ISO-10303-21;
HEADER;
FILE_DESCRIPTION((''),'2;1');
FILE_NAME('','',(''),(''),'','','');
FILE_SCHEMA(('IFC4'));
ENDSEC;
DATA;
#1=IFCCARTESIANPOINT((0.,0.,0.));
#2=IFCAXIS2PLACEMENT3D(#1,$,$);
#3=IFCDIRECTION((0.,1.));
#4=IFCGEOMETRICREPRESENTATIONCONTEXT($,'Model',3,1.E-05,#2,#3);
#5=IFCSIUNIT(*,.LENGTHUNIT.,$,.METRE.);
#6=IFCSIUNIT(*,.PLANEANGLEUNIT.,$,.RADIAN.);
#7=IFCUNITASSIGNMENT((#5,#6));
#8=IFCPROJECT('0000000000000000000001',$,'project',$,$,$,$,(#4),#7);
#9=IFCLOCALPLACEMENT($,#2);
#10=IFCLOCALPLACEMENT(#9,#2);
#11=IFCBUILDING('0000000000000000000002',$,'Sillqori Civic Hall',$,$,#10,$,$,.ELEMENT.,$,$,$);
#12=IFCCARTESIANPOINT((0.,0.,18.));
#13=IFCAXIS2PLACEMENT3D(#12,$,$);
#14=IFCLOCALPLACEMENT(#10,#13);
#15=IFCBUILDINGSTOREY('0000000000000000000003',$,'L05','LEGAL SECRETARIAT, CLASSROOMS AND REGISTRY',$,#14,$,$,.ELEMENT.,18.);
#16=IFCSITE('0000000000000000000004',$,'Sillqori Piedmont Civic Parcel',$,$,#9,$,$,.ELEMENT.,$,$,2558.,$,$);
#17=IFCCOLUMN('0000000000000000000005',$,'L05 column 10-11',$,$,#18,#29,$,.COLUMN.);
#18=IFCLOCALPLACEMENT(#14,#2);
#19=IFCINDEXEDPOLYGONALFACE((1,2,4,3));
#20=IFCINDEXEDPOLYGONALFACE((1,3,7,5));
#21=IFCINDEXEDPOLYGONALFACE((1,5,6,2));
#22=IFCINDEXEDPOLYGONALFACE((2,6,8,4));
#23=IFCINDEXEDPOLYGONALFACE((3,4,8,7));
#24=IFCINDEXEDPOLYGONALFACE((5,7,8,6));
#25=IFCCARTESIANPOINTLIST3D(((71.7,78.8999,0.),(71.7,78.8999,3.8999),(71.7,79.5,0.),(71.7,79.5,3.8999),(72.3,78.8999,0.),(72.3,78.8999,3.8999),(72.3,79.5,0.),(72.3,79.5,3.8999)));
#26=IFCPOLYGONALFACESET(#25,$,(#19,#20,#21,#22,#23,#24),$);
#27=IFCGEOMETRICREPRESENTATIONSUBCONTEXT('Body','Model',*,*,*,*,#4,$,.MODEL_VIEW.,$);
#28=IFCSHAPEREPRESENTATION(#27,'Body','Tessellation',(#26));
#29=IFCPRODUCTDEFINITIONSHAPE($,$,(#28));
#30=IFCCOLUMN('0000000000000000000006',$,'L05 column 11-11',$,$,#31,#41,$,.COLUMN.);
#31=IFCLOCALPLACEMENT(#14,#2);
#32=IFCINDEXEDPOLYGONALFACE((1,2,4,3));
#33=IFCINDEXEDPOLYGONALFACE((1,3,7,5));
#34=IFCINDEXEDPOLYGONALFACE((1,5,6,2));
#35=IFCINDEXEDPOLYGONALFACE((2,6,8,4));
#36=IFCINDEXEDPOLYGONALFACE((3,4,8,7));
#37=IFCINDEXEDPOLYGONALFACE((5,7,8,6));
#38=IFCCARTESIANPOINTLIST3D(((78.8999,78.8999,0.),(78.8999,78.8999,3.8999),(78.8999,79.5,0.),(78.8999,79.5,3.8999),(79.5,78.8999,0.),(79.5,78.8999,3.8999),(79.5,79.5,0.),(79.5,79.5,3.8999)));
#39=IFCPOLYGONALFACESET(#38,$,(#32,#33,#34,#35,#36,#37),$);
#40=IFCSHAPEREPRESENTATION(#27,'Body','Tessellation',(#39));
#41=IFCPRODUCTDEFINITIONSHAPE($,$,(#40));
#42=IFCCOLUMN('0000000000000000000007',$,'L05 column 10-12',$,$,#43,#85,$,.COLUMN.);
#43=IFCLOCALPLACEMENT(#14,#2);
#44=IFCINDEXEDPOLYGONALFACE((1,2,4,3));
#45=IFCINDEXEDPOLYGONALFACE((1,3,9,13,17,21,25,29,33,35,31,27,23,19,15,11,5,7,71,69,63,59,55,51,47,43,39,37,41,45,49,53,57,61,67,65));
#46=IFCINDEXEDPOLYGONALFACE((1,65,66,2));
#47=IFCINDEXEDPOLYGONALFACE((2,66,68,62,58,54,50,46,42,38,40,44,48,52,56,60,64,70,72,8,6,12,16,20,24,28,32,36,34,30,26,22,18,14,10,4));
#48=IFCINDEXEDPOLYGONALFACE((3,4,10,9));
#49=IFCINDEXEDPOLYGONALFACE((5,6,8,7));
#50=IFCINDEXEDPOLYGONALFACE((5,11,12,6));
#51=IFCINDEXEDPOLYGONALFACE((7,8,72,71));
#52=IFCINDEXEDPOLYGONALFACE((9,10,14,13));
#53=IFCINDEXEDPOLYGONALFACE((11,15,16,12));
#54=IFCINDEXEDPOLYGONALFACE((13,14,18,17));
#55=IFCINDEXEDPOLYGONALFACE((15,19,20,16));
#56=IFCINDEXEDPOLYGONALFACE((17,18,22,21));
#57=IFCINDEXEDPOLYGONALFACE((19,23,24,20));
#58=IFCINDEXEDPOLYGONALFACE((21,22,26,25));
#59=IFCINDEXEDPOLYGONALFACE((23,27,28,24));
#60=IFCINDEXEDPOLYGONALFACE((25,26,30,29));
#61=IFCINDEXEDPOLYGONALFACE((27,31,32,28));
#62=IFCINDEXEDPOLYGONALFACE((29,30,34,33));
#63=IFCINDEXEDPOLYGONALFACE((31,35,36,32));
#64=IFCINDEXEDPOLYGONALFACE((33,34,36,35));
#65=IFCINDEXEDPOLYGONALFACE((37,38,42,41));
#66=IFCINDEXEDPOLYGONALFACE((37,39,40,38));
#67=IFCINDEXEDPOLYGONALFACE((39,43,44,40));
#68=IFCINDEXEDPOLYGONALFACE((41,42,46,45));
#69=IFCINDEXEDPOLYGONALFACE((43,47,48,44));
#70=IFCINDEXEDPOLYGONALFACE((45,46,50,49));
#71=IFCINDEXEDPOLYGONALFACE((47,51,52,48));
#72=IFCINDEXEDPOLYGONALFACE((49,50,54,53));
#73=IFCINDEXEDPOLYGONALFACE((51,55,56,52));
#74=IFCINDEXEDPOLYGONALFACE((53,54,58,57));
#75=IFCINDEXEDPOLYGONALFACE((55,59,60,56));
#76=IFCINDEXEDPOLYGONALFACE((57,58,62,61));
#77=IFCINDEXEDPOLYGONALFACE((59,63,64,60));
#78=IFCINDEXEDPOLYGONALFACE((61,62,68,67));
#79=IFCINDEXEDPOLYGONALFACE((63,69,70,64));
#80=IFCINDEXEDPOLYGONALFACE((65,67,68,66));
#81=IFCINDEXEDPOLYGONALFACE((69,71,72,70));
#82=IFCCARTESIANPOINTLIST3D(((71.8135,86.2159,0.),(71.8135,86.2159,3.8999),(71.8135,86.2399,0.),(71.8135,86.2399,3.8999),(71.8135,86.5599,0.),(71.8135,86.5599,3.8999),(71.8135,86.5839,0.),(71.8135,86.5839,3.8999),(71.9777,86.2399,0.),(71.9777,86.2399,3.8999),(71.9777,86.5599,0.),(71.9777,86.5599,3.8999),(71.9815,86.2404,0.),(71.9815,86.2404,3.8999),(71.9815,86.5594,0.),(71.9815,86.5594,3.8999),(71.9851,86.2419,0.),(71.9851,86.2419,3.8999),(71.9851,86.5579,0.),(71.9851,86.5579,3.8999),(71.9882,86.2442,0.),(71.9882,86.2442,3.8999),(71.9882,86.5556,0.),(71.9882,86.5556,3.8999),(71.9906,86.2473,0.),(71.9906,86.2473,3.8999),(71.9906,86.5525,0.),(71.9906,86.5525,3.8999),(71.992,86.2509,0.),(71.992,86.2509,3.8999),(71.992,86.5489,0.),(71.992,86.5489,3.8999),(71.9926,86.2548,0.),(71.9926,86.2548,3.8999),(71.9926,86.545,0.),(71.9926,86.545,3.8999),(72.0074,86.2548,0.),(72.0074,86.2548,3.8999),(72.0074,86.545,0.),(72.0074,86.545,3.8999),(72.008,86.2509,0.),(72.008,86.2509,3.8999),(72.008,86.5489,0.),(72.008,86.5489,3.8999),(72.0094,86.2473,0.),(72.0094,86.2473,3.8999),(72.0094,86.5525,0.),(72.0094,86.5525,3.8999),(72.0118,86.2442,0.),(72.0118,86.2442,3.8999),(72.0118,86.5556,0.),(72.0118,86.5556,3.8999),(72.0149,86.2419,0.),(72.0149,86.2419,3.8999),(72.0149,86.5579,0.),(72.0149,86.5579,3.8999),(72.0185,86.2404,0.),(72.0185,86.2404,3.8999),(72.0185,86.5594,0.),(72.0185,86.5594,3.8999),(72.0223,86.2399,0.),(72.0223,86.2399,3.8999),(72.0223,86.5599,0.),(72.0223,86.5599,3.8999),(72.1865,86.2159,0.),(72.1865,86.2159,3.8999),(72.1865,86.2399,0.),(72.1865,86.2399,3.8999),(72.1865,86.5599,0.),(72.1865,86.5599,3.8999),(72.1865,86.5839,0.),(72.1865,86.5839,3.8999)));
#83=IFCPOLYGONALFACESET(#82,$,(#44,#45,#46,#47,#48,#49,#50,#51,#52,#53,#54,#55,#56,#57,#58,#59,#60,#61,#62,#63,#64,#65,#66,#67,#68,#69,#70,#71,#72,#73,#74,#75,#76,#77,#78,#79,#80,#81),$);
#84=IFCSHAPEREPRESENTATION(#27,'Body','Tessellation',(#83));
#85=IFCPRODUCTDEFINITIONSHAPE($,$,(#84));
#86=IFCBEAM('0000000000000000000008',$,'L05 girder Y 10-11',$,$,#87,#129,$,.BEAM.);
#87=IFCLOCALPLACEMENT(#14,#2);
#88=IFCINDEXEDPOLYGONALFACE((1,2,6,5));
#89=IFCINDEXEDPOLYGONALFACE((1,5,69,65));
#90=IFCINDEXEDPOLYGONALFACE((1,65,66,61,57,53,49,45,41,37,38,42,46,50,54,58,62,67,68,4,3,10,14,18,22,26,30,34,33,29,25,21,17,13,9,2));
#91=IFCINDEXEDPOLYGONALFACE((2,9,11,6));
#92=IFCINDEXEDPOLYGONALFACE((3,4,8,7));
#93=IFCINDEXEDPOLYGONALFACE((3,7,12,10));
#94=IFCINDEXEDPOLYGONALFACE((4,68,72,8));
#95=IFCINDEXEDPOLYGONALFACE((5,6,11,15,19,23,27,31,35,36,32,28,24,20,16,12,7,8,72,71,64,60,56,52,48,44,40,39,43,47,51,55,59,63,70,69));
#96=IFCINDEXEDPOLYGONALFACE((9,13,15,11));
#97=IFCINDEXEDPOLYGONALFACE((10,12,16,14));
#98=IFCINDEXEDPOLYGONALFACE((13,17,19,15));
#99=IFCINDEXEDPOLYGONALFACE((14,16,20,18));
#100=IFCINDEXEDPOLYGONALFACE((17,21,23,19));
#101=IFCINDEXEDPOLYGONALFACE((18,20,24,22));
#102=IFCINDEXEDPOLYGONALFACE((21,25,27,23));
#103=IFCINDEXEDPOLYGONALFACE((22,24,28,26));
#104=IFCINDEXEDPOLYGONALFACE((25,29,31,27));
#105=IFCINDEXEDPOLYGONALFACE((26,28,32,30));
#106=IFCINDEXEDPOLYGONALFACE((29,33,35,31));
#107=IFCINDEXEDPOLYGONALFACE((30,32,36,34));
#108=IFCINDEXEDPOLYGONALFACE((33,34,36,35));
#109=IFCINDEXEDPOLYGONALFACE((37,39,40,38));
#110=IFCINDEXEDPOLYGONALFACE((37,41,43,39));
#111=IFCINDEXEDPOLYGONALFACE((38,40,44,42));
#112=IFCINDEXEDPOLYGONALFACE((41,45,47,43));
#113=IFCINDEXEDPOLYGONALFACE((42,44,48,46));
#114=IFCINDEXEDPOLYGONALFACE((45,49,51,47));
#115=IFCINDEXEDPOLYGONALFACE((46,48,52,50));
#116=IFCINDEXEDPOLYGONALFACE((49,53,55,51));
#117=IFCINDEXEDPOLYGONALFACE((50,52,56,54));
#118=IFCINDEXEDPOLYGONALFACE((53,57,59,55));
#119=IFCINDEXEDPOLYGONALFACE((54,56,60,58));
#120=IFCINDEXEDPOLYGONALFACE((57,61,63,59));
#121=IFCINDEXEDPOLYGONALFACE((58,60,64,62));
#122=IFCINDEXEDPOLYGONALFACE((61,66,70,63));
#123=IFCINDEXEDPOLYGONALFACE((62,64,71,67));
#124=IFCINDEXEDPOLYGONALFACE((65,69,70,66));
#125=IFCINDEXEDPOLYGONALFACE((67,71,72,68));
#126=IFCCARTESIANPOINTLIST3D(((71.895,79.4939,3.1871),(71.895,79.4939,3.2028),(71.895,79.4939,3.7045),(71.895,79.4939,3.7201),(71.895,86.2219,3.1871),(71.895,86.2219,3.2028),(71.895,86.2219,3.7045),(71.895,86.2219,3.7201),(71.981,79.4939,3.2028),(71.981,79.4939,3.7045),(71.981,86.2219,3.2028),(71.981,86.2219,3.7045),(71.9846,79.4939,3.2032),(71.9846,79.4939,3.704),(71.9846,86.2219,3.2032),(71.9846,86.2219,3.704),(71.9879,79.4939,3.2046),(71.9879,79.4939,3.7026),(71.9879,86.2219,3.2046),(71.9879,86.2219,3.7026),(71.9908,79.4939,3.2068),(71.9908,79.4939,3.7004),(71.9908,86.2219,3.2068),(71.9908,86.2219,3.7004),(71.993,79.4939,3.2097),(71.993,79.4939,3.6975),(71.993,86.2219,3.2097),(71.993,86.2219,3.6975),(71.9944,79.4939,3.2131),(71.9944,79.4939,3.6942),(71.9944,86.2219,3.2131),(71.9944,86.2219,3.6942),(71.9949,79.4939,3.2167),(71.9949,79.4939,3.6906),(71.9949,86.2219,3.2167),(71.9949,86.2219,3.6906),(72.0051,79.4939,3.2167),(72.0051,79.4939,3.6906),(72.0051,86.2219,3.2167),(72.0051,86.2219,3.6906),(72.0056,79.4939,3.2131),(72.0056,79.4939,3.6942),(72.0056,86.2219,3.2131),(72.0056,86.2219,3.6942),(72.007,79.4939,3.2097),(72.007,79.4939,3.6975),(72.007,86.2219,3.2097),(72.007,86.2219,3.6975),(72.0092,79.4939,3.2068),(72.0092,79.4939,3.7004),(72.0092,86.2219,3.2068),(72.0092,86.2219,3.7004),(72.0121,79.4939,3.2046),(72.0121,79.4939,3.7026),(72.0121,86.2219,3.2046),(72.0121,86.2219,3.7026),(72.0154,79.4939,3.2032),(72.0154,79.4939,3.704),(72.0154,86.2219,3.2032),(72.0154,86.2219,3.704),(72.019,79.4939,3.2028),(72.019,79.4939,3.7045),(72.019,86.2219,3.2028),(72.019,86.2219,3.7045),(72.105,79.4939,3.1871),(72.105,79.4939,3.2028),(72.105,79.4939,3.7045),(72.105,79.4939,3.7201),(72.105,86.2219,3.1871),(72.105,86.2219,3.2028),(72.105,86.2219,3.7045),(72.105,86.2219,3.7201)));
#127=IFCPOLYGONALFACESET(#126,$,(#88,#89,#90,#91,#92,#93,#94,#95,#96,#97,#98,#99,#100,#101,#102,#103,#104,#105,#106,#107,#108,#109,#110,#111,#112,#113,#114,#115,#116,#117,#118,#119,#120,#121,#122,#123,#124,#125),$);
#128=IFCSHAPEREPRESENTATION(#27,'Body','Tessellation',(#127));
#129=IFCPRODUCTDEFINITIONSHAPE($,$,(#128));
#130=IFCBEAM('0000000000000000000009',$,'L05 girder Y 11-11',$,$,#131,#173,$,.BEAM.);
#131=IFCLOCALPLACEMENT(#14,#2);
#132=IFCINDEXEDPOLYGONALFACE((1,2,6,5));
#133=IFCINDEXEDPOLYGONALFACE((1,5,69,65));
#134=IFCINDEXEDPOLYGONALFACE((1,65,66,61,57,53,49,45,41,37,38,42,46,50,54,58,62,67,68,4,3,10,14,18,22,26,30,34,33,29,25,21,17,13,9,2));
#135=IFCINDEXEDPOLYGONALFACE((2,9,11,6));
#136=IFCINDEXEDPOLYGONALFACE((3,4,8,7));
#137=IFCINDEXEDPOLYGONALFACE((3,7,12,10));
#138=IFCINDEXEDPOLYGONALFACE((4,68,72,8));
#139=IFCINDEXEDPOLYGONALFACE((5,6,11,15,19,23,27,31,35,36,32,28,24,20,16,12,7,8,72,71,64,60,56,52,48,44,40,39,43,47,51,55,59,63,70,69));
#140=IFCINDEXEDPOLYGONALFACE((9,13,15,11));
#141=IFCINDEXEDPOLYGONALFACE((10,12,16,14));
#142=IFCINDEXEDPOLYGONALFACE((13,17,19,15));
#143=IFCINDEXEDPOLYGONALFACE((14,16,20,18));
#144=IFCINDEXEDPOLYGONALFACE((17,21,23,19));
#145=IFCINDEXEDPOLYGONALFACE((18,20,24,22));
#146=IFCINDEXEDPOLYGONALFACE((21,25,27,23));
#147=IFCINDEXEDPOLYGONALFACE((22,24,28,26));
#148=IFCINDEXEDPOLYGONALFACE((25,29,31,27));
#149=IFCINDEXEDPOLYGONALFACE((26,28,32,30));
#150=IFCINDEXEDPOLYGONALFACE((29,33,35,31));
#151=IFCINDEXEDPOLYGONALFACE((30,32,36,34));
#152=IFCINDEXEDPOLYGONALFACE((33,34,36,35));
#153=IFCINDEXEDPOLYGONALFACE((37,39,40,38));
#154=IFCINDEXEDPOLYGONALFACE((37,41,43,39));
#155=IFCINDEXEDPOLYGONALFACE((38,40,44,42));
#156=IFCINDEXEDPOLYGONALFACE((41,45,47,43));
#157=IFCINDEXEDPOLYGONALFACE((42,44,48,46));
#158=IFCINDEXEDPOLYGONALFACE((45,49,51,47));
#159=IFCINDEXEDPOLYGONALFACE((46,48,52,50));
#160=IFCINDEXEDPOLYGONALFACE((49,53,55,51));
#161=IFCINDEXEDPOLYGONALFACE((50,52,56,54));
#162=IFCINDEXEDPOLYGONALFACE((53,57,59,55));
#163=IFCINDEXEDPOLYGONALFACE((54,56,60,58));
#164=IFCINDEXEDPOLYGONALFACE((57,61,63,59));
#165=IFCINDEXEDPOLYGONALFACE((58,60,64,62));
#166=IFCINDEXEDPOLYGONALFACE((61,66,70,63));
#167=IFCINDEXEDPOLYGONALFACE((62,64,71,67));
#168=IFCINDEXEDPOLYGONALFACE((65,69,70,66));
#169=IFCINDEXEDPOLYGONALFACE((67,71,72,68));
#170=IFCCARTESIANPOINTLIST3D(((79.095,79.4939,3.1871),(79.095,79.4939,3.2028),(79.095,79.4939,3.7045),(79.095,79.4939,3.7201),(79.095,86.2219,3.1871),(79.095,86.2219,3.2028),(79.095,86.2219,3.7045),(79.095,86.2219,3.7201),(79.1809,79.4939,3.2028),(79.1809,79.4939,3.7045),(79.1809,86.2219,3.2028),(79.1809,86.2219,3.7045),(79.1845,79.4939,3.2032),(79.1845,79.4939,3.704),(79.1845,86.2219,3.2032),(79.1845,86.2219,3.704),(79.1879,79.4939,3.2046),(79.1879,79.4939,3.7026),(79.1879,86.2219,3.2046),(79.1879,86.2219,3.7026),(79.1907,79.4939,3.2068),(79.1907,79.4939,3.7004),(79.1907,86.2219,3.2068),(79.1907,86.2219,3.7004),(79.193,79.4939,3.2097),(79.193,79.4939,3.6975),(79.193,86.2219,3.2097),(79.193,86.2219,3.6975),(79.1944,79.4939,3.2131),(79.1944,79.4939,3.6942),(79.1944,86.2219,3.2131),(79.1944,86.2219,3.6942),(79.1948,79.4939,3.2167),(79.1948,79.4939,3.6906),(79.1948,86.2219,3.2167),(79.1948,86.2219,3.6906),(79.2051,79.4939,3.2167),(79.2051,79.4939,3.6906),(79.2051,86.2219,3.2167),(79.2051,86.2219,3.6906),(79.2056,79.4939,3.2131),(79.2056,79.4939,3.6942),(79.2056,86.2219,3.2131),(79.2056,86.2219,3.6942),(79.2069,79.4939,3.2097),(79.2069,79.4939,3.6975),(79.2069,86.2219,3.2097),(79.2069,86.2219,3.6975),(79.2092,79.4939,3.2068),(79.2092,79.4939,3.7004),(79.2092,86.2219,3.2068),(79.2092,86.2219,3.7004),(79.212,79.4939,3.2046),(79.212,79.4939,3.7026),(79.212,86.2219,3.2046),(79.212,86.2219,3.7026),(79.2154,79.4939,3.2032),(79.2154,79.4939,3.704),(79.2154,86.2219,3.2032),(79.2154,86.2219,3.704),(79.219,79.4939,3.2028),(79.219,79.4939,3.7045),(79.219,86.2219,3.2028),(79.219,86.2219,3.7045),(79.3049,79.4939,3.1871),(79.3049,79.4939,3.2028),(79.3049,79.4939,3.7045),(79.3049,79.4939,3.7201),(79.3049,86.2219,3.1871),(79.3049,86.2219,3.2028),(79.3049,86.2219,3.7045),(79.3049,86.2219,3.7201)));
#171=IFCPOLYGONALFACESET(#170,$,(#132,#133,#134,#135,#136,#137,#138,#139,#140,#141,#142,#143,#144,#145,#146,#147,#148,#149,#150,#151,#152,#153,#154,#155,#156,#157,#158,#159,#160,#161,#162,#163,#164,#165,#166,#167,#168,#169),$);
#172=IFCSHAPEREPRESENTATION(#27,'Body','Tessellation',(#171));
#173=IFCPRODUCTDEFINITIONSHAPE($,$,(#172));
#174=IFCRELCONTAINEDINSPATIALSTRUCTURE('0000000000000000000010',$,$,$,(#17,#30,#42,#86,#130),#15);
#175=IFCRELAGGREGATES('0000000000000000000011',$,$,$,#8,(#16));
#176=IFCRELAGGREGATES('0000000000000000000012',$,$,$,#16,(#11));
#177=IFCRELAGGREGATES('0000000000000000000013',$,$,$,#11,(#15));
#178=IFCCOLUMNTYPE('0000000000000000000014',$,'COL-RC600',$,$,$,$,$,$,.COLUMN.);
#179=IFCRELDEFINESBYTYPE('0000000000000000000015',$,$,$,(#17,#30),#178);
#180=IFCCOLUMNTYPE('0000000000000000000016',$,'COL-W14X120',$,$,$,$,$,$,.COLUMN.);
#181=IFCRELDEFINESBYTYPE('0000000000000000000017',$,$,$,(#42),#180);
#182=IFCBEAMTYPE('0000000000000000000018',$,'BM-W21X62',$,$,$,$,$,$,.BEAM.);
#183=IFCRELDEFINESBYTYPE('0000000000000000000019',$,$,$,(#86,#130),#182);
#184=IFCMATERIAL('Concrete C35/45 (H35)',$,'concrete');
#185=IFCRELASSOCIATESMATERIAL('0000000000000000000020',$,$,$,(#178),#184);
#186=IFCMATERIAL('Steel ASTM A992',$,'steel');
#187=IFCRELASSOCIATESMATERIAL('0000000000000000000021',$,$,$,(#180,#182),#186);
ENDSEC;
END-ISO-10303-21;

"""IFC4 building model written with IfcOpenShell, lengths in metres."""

from ifc_helpers import new_model, si_unit, direction, frame, origin, origin_2d, place, context, subcontext, project, spatial, rectangle, i_section, extrude, material, material_profile, profile_set, type_object, element, save


model = new_model("IFC4")

# Units and contexts
model_context = context("Model", 3, precision=1e-05, world=origin(), true_north=direction((0.0, 1.0)))
body_context = subcontext(model_context, "Body", "Model", "MODEL_VIEW")
ifc_project = project(units=[si_unit("LENGTHUNIT", "METRE"), si_unit("PLANEANGLEUNIT", "RADIAN")], contexts=[model_context])

# Site, building, storey
site_placement = place(None, origin())
site = spatial("IfcSite", under=ifc_project, at=site_placement, Name="Sillqori Piedmont Civic Parcel", CompositionType="ELEMENT", RefElevation=2558.0)
building_placement = place(site_placement, origin())
building = spatial("IfcBuilding", under=site, at=building_placement, Name="Sillqori Civic Hall", CompositionType="ELEMENT")
storey_placement = place(building_placement, frame((0.0, 0.0, 18.0)))
storey = spatial("IfcBuildingStorey", under=building, at=storey_placement, Name="L05", Description="LEGAL SECRETARIAT, CLASSROOMS AND REGISTRY", CompositionType="ELEMENT", Elevation=18.0)

# Columns
ifc_material_1 = material(Name="Concrete C35/45 (H35)", Category="concrete")
ifc_material_profile_1 = material_profile(ifc_material_1, rectangle(XDim=0.6001, YDim=0.6001, at=origin_2d()), Name="RC 600x600")
ifc_profile_set_1 = profile_set([ifc_material_profile_1], Name="Concrete C35/45 (H35)")
column_type_1 = type_object("IfcColumnType", Name="COL-RC600", PredefinedType="COLUMN", material=ifc_profile_set_1)
for number, where, z_axis, x_axis, name in (
    (1, (72.0, 79.2, 0.0), (0.0, 0.0, 1.0), (1.0, 0.0, 0.0), "L05 column 10-11"),
    (2, (79.2, 79.2, 0.0), (0.0, 0.0, 1.0), (1.0, 0.0, 0.0), "L05 column 11-11"),
):
    element("IfcColumn", number, at=place(storey_placement, frame(where, z_axis=z_axis, x_axis=x_axis)), inside=storey, type_object=column_type_1, Name=name, PredefinedType="COLUMN", context=body_context, shape_type="SweptSolid", body=[
        extrude(rectangle(XDim=0.6001, YDim=0.6001, at=origin_2d()), origin(), (0.0, 0.0, 1.0), 3.8999),
    ])
ifc_material_2 = material(Name="Steel ASTM A992", Category="steel")
ifc_material_profile_2 = material_profile(ifc_material_2, i_section(OverallWidth=0.373, OverallDepth=0.3679, WebThickness=0.0149, FlangeThickness=0.0239, FilletRadius=0.0149, at=origin_2d()), Name="W14X120")
ifc_profile_set_2 = profile_set([ifc_material_profile_2], Name="Steel ASTM A992")
column_type_2 = type_object("IfcColumnType", Name="COL-W14X120", PredefinedType="COLUMN", material=ifc_profile_set_2)
column_placement = place(storey_placement, frame((72.0, 86.3999, 0.0), z_axis=(0.0, 0.0, 1.0), x_axis=(1.0, 0.0, 0.0)))
element("IfcColumn", 3, at=column_placement, inside=storey, type_object=column_type_2, Name="L05 column 10-12", PredefinedType="COLUMN", context=body_context, shape_type="SweptSolid", body=[
    extrude(i_section(OverallWidth=0.373, OverallDepth=0.3679, WebThickness=0.0149, FlangeThickness=0.0239, FilletRadius=0.0149, at=origin_2d()), origin(), (0.0, 0.0, 1.0), 3.8999),
])

# Beams
ifc_material_profile_3 = material_profile(ifc_material_2, i_section(OverallWidth=0.21, OverallDepth=0.533, WebThickness=0.0103, FlangeThickness=0.0156, FilletRadius=0.0139, at=origin_2d()), Name="W21X62")
ifc_profile_set_3 = profile_set([ifc_material_profile_3], Name="Steel ASTM A992")
beam_type_1 = type_object("IfcBeamType", Name="BM-W21X62", PredefinedType="BEAM", material=ifc_profile_set_3)
for number, where, z_axis, x_axis, name in (
    (4, (72.0, 79.4939, 3.4536), (0.0, 1.0, 0.0), (-1.0, 0.0, 0.0), "L05 girder Y 10-11"),
    (5, (79.2, 79.4939, 3.4536), (0.0, 1.0, 0.0), (-1.0, 0.0, 0.0), "L05 girder Y 11-11"),
):
    element("IfcBeam", number, at=place(storey_placement, frame(where, z_axis=z_axis, x_axis=x_axis)), inside=storey, type_object=beam_type_1, Name=name, PredefinedType="BEAM", context=body_context, shape_type="SweptSolid", body=[
        extrude(i_section(OverallWidth=0.21, OverallDepth=0.533, WebThickness=0.0103, FlangeThickness=0.0156, FilletRadius=0.0139, at=origin_2d()), origin(), (0.0, 0.0, 1.0), 6.728),
    ])

save(model, "model.ifc")
